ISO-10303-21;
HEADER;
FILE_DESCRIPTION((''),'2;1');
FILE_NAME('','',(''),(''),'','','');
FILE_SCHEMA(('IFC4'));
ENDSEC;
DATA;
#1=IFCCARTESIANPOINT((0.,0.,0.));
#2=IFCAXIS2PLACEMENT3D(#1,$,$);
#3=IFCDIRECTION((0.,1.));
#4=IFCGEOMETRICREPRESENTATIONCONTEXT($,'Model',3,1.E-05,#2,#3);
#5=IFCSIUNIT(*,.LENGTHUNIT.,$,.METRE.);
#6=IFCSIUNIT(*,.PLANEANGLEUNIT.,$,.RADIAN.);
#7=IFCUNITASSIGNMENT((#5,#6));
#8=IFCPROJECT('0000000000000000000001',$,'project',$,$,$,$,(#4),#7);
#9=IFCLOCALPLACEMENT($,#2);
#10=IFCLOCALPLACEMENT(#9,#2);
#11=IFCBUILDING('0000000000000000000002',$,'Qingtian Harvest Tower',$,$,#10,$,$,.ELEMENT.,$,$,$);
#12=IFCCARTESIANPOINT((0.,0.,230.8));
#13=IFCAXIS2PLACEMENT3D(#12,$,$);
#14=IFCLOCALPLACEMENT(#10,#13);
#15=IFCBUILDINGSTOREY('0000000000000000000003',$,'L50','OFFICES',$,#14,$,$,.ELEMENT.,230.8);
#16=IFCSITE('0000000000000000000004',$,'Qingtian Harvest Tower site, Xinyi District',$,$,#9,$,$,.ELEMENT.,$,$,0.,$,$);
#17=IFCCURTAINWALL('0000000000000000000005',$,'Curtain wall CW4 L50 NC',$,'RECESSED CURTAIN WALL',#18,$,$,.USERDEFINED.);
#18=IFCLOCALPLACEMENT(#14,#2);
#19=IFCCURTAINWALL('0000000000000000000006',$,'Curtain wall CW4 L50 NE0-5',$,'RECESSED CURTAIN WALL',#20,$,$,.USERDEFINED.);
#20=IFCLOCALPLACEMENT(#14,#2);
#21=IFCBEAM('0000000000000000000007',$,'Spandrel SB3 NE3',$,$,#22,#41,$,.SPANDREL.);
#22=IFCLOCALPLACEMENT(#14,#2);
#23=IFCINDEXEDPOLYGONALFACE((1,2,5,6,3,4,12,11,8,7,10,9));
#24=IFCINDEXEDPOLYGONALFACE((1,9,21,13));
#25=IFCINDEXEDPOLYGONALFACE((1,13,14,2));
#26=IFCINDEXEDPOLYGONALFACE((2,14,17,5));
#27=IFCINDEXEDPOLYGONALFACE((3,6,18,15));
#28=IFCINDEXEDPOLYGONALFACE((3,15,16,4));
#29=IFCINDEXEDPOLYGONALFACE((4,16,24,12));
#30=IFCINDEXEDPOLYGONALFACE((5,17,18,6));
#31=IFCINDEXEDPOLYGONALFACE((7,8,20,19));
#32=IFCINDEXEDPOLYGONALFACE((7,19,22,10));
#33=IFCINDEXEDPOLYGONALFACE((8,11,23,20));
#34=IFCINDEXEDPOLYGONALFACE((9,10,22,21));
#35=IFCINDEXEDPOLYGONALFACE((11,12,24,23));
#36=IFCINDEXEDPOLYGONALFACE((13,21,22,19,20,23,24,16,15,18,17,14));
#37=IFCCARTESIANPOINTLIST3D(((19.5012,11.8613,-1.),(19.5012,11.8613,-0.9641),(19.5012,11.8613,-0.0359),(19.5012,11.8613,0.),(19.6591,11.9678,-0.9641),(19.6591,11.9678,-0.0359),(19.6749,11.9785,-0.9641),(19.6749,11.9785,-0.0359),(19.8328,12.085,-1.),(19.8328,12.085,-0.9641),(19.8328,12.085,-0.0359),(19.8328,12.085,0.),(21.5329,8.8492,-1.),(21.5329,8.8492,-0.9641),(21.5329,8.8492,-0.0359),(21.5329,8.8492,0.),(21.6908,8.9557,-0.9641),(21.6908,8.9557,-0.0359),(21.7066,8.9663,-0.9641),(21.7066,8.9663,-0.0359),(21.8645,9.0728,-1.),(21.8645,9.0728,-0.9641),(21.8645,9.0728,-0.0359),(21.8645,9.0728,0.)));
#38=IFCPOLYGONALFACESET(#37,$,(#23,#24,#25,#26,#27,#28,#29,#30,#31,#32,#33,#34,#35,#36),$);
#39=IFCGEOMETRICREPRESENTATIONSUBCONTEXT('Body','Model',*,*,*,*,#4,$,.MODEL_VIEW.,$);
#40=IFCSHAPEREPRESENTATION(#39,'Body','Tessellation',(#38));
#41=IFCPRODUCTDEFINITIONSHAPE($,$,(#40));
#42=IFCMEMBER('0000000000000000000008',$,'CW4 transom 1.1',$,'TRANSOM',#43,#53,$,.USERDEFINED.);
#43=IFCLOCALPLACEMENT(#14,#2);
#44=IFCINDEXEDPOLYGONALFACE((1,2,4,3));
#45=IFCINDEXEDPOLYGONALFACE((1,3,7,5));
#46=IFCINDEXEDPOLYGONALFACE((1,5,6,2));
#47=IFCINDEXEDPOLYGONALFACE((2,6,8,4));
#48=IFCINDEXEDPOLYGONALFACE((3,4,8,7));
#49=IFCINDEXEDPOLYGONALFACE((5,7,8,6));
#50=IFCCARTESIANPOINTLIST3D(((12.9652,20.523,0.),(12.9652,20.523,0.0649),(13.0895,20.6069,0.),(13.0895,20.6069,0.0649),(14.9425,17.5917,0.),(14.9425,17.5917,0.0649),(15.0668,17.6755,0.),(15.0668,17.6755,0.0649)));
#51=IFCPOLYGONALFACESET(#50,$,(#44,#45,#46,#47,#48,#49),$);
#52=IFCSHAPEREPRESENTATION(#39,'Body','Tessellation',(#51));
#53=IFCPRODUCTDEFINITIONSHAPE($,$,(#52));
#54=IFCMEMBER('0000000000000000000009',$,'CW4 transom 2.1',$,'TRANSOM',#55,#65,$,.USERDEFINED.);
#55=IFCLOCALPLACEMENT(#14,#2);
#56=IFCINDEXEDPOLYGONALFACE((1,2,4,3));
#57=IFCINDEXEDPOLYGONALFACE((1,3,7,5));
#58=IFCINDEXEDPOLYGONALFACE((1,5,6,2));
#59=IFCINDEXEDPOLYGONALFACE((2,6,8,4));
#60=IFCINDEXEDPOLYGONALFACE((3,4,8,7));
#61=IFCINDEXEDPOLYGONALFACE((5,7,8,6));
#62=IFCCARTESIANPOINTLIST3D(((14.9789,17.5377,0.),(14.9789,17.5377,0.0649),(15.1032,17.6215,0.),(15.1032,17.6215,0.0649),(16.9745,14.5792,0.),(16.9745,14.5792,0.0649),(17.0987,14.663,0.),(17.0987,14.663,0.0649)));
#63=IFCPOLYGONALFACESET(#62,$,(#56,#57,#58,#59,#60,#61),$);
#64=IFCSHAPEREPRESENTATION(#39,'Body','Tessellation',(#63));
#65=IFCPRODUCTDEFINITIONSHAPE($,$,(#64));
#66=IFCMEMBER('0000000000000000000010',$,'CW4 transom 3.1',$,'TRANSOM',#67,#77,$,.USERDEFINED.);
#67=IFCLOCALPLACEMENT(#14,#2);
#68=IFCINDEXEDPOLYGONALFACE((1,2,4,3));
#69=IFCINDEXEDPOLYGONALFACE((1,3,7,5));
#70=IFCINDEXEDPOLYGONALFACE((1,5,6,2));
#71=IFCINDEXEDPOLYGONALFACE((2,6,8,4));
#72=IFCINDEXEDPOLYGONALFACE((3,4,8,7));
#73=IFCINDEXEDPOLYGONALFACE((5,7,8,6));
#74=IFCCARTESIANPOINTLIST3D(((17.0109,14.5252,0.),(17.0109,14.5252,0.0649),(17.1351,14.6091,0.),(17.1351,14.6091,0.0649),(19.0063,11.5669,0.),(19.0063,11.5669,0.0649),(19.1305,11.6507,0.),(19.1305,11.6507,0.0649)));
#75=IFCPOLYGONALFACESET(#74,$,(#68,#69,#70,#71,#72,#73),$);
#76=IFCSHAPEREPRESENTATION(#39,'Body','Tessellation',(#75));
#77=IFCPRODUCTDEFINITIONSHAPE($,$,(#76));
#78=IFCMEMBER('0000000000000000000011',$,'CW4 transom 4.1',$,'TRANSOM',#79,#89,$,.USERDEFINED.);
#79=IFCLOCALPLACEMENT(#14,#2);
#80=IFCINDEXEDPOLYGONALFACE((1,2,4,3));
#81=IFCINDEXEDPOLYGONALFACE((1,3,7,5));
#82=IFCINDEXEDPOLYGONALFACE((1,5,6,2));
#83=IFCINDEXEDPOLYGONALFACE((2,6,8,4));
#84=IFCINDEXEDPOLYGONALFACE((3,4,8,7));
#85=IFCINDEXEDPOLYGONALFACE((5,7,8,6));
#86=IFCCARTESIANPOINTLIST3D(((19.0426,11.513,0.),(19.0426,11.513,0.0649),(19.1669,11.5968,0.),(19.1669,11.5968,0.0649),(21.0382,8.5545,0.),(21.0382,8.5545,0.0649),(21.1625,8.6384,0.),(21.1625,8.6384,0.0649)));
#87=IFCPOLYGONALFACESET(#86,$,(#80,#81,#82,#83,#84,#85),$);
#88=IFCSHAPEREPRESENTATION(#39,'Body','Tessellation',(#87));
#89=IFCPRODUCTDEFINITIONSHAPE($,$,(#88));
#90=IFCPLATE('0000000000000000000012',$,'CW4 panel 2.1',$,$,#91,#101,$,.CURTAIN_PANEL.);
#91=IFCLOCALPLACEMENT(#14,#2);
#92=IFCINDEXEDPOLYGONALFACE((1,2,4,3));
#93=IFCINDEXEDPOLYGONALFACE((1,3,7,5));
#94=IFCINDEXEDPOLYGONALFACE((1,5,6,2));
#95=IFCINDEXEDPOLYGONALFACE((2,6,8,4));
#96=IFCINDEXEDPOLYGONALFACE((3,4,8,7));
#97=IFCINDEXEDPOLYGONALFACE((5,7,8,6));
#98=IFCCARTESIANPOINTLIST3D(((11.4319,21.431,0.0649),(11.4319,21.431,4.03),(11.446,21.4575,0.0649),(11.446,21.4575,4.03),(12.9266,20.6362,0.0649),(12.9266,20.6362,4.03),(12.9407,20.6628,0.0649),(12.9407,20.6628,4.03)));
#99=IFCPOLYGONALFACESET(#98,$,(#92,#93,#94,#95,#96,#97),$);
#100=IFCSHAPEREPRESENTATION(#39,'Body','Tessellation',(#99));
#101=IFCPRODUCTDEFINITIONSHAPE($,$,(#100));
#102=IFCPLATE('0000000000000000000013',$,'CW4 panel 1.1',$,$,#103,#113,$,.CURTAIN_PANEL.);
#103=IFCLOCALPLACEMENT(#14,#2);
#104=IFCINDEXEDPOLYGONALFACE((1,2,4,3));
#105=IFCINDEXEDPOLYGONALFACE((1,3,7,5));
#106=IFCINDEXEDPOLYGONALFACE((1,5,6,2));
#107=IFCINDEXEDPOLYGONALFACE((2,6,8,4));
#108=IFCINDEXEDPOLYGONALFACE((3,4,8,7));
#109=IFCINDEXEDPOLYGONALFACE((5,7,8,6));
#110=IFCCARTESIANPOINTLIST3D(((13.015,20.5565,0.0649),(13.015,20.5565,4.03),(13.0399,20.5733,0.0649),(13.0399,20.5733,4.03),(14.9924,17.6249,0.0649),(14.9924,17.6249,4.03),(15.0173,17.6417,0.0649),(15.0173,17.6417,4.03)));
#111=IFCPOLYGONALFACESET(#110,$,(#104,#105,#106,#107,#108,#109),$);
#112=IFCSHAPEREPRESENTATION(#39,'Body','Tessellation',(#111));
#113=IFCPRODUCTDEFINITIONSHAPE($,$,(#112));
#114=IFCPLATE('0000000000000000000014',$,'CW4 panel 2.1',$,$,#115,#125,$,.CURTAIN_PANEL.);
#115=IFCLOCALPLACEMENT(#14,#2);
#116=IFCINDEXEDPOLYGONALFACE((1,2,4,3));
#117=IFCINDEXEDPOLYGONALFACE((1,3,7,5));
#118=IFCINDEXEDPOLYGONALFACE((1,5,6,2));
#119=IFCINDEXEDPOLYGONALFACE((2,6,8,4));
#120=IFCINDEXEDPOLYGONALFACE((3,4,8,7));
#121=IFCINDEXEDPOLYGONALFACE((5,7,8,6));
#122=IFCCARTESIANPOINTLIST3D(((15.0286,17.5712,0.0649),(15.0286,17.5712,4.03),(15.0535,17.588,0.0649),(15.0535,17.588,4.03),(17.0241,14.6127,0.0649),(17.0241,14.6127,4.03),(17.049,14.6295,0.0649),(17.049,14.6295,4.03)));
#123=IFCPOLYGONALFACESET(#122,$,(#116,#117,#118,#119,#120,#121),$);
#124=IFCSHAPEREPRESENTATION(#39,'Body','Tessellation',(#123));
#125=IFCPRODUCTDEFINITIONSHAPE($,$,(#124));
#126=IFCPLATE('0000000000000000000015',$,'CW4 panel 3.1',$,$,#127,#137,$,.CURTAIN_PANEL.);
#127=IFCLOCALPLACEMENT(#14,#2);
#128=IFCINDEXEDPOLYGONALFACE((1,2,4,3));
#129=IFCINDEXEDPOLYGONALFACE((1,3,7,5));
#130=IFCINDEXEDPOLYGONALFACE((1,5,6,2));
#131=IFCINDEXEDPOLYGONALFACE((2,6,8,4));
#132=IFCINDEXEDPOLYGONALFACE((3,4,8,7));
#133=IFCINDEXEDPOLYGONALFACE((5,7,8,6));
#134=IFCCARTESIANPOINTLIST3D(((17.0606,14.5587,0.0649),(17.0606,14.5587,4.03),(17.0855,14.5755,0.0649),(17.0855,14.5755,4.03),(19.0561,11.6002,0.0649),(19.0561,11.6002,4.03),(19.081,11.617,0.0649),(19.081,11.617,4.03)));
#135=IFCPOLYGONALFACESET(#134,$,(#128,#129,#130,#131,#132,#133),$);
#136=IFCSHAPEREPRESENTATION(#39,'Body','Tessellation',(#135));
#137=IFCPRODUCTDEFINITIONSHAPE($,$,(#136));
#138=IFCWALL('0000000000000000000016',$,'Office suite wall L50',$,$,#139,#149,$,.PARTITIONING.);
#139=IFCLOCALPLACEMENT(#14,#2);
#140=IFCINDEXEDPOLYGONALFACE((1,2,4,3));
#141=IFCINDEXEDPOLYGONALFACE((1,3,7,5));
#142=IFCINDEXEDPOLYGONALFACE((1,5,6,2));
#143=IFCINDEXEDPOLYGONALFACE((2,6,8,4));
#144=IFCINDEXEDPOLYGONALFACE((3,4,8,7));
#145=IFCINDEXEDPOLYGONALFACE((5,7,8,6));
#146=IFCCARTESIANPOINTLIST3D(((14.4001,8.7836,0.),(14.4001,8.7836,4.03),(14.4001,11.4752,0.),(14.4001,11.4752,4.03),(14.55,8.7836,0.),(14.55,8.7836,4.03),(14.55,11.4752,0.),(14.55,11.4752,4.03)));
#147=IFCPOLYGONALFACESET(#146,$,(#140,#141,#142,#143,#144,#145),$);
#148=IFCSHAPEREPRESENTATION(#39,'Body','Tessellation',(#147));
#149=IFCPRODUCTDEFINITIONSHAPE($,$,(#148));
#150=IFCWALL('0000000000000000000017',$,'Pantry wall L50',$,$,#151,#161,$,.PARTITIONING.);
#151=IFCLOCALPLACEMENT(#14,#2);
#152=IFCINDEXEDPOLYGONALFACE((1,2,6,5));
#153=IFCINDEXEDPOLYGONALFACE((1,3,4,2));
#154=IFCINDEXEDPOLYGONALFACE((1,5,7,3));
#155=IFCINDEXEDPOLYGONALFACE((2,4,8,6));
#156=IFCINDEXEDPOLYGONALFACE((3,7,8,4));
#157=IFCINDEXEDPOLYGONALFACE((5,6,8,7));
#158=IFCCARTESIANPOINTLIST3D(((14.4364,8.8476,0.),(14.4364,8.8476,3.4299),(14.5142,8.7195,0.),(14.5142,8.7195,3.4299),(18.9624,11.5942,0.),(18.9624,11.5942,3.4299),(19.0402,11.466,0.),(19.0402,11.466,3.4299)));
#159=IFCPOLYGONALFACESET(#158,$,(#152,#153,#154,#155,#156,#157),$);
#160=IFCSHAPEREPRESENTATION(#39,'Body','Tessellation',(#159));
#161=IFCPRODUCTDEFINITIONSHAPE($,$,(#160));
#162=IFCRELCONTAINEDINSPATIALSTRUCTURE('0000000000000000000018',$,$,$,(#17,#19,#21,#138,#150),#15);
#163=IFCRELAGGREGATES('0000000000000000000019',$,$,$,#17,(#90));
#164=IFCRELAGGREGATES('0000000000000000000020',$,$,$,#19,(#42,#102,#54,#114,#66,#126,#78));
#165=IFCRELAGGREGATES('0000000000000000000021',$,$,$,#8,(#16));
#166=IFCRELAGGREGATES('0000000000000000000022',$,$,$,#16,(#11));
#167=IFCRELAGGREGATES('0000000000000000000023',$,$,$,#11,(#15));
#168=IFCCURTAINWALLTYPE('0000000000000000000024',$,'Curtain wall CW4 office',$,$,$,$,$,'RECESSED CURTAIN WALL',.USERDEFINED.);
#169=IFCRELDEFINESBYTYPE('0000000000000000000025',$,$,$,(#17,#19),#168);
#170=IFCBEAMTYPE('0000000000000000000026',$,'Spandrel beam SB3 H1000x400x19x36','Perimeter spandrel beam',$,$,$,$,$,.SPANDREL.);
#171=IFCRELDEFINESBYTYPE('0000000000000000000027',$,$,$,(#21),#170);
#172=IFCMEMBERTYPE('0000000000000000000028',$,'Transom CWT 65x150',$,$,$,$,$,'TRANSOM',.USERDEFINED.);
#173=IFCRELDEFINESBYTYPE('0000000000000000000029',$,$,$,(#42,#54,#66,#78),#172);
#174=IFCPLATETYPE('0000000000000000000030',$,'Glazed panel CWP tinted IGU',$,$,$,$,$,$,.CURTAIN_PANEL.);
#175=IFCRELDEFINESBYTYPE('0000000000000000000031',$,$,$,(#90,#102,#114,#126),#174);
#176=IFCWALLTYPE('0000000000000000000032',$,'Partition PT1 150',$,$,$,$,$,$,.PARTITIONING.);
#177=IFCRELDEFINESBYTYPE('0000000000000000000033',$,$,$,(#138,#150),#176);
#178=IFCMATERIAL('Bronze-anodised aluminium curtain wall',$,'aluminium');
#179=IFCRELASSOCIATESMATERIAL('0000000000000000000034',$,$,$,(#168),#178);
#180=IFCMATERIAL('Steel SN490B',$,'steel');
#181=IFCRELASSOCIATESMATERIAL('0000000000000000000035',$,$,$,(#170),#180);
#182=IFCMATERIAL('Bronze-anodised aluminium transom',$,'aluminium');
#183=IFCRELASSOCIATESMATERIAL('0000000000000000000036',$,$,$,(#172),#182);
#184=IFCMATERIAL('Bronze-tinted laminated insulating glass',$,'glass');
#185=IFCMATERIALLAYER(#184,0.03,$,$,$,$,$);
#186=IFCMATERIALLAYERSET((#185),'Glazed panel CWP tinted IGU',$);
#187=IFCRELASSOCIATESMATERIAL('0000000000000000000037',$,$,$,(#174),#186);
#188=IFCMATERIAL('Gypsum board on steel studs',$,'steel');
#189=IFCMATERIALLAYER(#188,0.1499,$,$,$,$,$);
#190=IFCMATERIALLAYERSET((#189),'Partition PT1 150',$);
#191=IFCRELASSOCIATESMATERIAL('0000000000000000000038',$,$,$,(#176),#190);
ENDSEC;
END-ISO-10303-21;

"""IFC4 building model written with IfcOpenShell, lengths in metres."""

from ifc_helpers import new_model, si_unit, direction, frame, frame_2d, origin, origin_2d, place, context, subcontext, project, spatial, rectangle, i_section, extrude, material, layer, layer_set, material_profile, profile_set, type_object, element, aggregate, save


model = new_model("IFC4")

# Units and contexts
model_context = context("Model", 3, precision=1e-05, world=origin(), true_north=direction((0.0, 1.0)))
body_context = subcontext(model_context, "Body", "Model", "MODEL_VIEW")
ifc_project = project(units=[si_unit("LENGTHUNIT", "METRE"), si_unit("PLANEANGLEUNIT", "RADIAN")], contexts=[model_context])

# Site, building, storey
site_placement = place(None, origin())
site = spatial("IfcSite", under=ifc_project, at=site_placement, Name="Qingtian Harvest Tower site, Xinyi District", CompositionType="ELEMENT", RefElevation=0.0)
building_placement = place(site_placement, origin())
building = spatial("IfcBuilding", under=site, at=building_placement, Name="Qingtian Harvest Tower", CompositionType="ELEMENT")
storey_placement = place(building_placement, frame((0.0, 0.0, 230.8)))
storey = spatial("IfcBuildingStorey", under=building, at=storey_placement, Name="L50", Description="OFFICES", CompositionType="ELEMENT", Elevation=230.8)

# Curtain wall
ifc_material_1 = material(Name="Bronze-anodised aluminium curtain wall", Category="aluminium")
curtain_wall_type = type_object("IfcCurtainWallType", Name="Curtain wall CW4 office", ElementType="RECESSED CURTAIN WALL", PredefinedType="USERDEFINED", material=ifc_material_1)
curtain_wall_1_placement = place(storey_placement, origin())
curtain_wall_1 = element("IfcCurtainWall", 1, at=curtain_wall_1_placement, inside=storey, type_object=curtain_wall_type, Name="Curtain wall CW4 L50 NC", ObjectType="RECESSED CURTAIN WALL", PredefinedType="USERDEFINED")

# Curtain wall
curtain_wall_2_placement = place(storey_placement, origin())
curtain_wall_2 = element("IfcCurtainWall", 2, at=curtain_wall_2_placement, inside=storey, type_object=curtain_wall_type, Name="Curtain wall CW4 L50 NE0-5", ObjectType="RECESSED CURTAIN WALL", PredefinedType="USERDEFINED")

# Beam
ifc_material_2 = material(Name="Steel SN490B", Category="steel")
ifc_material_profile_1 = material_profile(ifc_material_2, i_section(OverallWidth=0.3999, OverallDepth=1.0, WebThickness=0.019, FlangeThickness=0.0359, at=origin_2d()), Name="H1000x400x19x36")
ifc_profile_set_1 = profile_set([ifc_material_profile_1], Name="Steel SN490B")
beam_type_1 = type_object("IfcBeamType", Name="Spandrel beam SB3 H1000x400x19x36", Description="Perimeter spandrel beam", PredefinedType="SPANDREL", material=ifc_profile_set_1)
beam_1_placement = place(storey_placement, frame((19.667, 11.9731, -0.5), z_axis=(0.559189, -0.82904, 0.0), x_axis=(0.82904, 0.559189, 0.0)))
element("IfcBeam", 3, at=beam_1_placement, inside=storey, type_object=beam_type_1, Name="Spandrel SB3 NE3", PredefinedType="SPANDREL", context=body_context, shape_type="SweptSolid", body=[
    extrude(i_section(OverallWidth=0.3999, OverallDepth=1.0, WebThickness=0.019, FlangeThickness=0.0359, at=origin_2d()), origin(), (0.0, 0.0, 1.0), 3.6333),
])

# Members
ifc_material_3 = material(Name="Bronze-anodised aluminium transom", Category="aluminium")
ifc_material_profile_2 = material_profile(ifc_material_3, rectangle(XDim=0.1499, YDim=0.0649, at=origin_2d()), Name="AL 65x150")
ifc_profile_set_2 = profile_set([ifc_material_profile_2], Name="Bronze-anodised aluminium transom")
member_type_1 = type_object("IfcMemberType", Name="Transom CWT 65x150", ElementType="TRANSOM", PredefinedType="USERDEFINED", material=ifc_profile_set_2)
member_1_placement = place(storey_placement, frame((13.0273, 20.5649, 0.0325), z_axis=(0.559201, -0.829032, 0.0), x_axis=(0.829032, 0.559201, 0.0)))
member_1 = element("IfcMember", 4, at=member_1_placement, type_object=member_type_1, Name="CW4 transom 1.1", ObjectType="TRANSOM", PredefinedType="USERDEFINED", context=body_context, shape_type="SweptSolid", body=[
    extrude(rectangle(XDim=0.1499, YDim=0.0649, at=origin_2d()), origin(), (0.0, 0.0, 1.0), 3.5359),
])
member_2_placement = place(storey_placement, frame((15.041, 17.5796, 0.0325), z_axis=(0.559207, -0.829028, 0.0), x_axis=(0.829028, 0.559207, 0.0)))
member_2 = element("IfcMember", 5, at=member_2_placement, type_object=member_type_1, Name="CW4 transom 2.1", ObjectType="TRANSOM", PredefinedType="USERDEFINED", context=body_context, shape_type="SweptSolid", body=[
    extrude(rectangle(XDim=0.1499, YDim=0.0649, at=origin_2d()), origin(), (0.0, 0.0, 1.0), 3.5686),
])
member_3_placement = place(storey_placement, frame((17.073, 14.5671, 0.0325), z_axis=(0.559192, -0.829038, 0.0), x_axis=(0.829038, 0.559192, 0.0)))
member_3 = element("IfcMember", 6, at=member_3_placement, type_object=member_type_1, Name="CW4 transom 3.1", ObjectType="TRANSOM", PredefinedType="USERDEFINED", context=body_context, shape_type="SweptSolid", body=[
    extrude(rectangle(XDim=0.1499, YDim=0.0649, at=origin_2d()), origin(), (0.0, 0.0, 1.0), 3.5684),
])
member_4_placement = place(storey_placement, frame((19.1047, 11.5549, 0.0325), z_axis=(0.559207, -0.829028, 0.0), x_axis=(0.829028, 0.559207, 0.0)))
member_4 = element("IfcMember", 7, at=member_4_placement, type_object=member_type_1, Name="CW4 transom 4.1", ObjectType="TRANSOM", PredefinedType="USERDEFINED", context=body_context, shape_type="SweptSolid", body=[
    extrude(rectangle(XDim=0.1499, YDim=0.0649, at=origin_2d()), origin(), (0.0, 0.0, 1.0), 3.5686),
])

# Plates
ifc_material_4 = material(Name="Bronze-tinted laminated insulating glass", Category="glass")
ifc_layer_1 = layer(ifc_material_4, 0.03)
ifc_layer_set_1 = layer_set([ifc_layer_1], Name="Glazed panel CWP tinted IGU")
plate_type = type_object("IfcPlateType", Name="Glazed panel CWP tinted IGU", PredefinedType="CURTAIN_PANEL", material=ifc_layer_set_1)
plate_1_placement = place(storey_placement, frame((12.1863, 21.0469, 0.0649), z_axis=(0.0, 0.0, 1.0), x_axis=(0.882948, -0.469472, 0.0)))
plate_1 = element("IfcPlate", 8, at=plate_1_placement, type_object=plate_type, Name="CW4 panel 2.1", PredefinedType="CURTAIN_PANEL", context=body_context, shape_type="SweptSolid", body=[
    extrude(rectangle(XDim=1.6929, YDim=0.03, at=origin_2d()), origin(), (0.0, 0.0, 1.0), 3.9651),
])
aggregate(curtain_wall_1, [plate_1])
plate_2_placement = place(storey_placement, frame((14.0161, 19.0991, 0.0649), z_axis=(0.0, 0.0, 1.0), x_axis=(0.559193, -0.829038, 0.0)))
plate_2 = element("IfcPlate", 9, at=plate_2_placement, type_object=plate_type, Name="CW4 panel 1.1", PredefinedType="CURTAIN_PANEL", context=body_context, shape_type="SweptSolid", body=[
    extrude(rectangle(XDim=3.5361, YDim=0.03, at=origin_2d()), origin(), (0.0, 0.0, 1.0), 3.9651),
])
plate_3_placement = place(storey_placement, frame((16.0388, 16.1003, 0.0649), z_axis=(0.0, 0.0, 1.0), x_axis=(0.559193, -0.829038, 0.0)))
plate_3 = element("IfcPlate", 10, at=plate_3_placement, type_object=plate_type, Name="CW4 panel 2.1", PredefinedType="CURTAIN_PANEL", context=body_context, shape_type="SweptSolid", body=[
    extrude(rectangle(XDim=3.5686, YDim=0.03, at=origin_2d()), origin(), (0.0, 0.0, 1.0), 3.9651),
])
plate_4_placement = place(storey_placement, frame((18.0708, 13.0879, 0.0649), z_axis=(0.0, 0.0, 1.0), x_axis=(0.559193, -0.829038, 0.0)))
plate_4 = element("IfcPlate", 11, at=plate_4_placement, type_object=plate_type, Name="CW4 panel 3.1", PredefinedType="CURTAIN_PANEL", context=body_context, shape_type="SweptSolid", body=[
    extrude(rectangle(XDim=3.5686, YDim=0.03, at=origin_2d()), origin(), (0.0, 0.0, 1.0), 3.9651),
])
aggregate(curtain_wall_2, [member_1, plate_2, member_2, plate_3, member_3, plate_4, member_4])

# Walls
ifc_material_5 = material(Name="Gypsum board on steel studs", Category="steel")
ifc_layer_2 = layer(ifc_material_5, 0.1499)
ifc_layer_set_2 = layer_set([ifc_layer_2], Name="Partition PT1 150")
wall_type = type_object("IfcWallType", Name="Partition PT1 150", PredefinedType="PARTITIONING", material=ifc_layer_set_2)
wall_1_placement = place(storey_placement, frame((14.4751, 11.4751, 0.0), z_axis=(0.0, 0.0, 1.0), x_axis=(0.0, -1.0, 0.0)))
element("IfcWall", 12, at=wall_1_placement, inside=storey, type_object=wall_type, Name="Office suite wall L50", PredefinedType="PARTITIONING", context=body_context, shape_type="SweptSolid", body=[
    extrude(rectangle(XDim=2.6917, YDim=0.1499, at=frame_2d((1.3457, 0.0))), origin(), (0.0, 0.0, 1.0), 4.03),
])
wall_2_placement = place(storey_placement, frame((19.0012, 11.53, 0.0), z_axis=(0.0, 0.0, 1.0), x_axis=(-0.854907, -0.518782, 0.0)))
element("IfcWall", 13, at=wall_2_placement, inside=storey, type_object=wall_type, Name="Pantry wall L50", PredefinedType="PARTITIONING", context=body_context, shape_type="SweptSolid", body=[
    extrude(rectangle(XDim=5.2942, YDim=0.1499, at=frame_2d((2.647, 0.0))), origin(), (0.0, 0.0, 1.0), 3.4299),
])

save(model, "model.ifc")
